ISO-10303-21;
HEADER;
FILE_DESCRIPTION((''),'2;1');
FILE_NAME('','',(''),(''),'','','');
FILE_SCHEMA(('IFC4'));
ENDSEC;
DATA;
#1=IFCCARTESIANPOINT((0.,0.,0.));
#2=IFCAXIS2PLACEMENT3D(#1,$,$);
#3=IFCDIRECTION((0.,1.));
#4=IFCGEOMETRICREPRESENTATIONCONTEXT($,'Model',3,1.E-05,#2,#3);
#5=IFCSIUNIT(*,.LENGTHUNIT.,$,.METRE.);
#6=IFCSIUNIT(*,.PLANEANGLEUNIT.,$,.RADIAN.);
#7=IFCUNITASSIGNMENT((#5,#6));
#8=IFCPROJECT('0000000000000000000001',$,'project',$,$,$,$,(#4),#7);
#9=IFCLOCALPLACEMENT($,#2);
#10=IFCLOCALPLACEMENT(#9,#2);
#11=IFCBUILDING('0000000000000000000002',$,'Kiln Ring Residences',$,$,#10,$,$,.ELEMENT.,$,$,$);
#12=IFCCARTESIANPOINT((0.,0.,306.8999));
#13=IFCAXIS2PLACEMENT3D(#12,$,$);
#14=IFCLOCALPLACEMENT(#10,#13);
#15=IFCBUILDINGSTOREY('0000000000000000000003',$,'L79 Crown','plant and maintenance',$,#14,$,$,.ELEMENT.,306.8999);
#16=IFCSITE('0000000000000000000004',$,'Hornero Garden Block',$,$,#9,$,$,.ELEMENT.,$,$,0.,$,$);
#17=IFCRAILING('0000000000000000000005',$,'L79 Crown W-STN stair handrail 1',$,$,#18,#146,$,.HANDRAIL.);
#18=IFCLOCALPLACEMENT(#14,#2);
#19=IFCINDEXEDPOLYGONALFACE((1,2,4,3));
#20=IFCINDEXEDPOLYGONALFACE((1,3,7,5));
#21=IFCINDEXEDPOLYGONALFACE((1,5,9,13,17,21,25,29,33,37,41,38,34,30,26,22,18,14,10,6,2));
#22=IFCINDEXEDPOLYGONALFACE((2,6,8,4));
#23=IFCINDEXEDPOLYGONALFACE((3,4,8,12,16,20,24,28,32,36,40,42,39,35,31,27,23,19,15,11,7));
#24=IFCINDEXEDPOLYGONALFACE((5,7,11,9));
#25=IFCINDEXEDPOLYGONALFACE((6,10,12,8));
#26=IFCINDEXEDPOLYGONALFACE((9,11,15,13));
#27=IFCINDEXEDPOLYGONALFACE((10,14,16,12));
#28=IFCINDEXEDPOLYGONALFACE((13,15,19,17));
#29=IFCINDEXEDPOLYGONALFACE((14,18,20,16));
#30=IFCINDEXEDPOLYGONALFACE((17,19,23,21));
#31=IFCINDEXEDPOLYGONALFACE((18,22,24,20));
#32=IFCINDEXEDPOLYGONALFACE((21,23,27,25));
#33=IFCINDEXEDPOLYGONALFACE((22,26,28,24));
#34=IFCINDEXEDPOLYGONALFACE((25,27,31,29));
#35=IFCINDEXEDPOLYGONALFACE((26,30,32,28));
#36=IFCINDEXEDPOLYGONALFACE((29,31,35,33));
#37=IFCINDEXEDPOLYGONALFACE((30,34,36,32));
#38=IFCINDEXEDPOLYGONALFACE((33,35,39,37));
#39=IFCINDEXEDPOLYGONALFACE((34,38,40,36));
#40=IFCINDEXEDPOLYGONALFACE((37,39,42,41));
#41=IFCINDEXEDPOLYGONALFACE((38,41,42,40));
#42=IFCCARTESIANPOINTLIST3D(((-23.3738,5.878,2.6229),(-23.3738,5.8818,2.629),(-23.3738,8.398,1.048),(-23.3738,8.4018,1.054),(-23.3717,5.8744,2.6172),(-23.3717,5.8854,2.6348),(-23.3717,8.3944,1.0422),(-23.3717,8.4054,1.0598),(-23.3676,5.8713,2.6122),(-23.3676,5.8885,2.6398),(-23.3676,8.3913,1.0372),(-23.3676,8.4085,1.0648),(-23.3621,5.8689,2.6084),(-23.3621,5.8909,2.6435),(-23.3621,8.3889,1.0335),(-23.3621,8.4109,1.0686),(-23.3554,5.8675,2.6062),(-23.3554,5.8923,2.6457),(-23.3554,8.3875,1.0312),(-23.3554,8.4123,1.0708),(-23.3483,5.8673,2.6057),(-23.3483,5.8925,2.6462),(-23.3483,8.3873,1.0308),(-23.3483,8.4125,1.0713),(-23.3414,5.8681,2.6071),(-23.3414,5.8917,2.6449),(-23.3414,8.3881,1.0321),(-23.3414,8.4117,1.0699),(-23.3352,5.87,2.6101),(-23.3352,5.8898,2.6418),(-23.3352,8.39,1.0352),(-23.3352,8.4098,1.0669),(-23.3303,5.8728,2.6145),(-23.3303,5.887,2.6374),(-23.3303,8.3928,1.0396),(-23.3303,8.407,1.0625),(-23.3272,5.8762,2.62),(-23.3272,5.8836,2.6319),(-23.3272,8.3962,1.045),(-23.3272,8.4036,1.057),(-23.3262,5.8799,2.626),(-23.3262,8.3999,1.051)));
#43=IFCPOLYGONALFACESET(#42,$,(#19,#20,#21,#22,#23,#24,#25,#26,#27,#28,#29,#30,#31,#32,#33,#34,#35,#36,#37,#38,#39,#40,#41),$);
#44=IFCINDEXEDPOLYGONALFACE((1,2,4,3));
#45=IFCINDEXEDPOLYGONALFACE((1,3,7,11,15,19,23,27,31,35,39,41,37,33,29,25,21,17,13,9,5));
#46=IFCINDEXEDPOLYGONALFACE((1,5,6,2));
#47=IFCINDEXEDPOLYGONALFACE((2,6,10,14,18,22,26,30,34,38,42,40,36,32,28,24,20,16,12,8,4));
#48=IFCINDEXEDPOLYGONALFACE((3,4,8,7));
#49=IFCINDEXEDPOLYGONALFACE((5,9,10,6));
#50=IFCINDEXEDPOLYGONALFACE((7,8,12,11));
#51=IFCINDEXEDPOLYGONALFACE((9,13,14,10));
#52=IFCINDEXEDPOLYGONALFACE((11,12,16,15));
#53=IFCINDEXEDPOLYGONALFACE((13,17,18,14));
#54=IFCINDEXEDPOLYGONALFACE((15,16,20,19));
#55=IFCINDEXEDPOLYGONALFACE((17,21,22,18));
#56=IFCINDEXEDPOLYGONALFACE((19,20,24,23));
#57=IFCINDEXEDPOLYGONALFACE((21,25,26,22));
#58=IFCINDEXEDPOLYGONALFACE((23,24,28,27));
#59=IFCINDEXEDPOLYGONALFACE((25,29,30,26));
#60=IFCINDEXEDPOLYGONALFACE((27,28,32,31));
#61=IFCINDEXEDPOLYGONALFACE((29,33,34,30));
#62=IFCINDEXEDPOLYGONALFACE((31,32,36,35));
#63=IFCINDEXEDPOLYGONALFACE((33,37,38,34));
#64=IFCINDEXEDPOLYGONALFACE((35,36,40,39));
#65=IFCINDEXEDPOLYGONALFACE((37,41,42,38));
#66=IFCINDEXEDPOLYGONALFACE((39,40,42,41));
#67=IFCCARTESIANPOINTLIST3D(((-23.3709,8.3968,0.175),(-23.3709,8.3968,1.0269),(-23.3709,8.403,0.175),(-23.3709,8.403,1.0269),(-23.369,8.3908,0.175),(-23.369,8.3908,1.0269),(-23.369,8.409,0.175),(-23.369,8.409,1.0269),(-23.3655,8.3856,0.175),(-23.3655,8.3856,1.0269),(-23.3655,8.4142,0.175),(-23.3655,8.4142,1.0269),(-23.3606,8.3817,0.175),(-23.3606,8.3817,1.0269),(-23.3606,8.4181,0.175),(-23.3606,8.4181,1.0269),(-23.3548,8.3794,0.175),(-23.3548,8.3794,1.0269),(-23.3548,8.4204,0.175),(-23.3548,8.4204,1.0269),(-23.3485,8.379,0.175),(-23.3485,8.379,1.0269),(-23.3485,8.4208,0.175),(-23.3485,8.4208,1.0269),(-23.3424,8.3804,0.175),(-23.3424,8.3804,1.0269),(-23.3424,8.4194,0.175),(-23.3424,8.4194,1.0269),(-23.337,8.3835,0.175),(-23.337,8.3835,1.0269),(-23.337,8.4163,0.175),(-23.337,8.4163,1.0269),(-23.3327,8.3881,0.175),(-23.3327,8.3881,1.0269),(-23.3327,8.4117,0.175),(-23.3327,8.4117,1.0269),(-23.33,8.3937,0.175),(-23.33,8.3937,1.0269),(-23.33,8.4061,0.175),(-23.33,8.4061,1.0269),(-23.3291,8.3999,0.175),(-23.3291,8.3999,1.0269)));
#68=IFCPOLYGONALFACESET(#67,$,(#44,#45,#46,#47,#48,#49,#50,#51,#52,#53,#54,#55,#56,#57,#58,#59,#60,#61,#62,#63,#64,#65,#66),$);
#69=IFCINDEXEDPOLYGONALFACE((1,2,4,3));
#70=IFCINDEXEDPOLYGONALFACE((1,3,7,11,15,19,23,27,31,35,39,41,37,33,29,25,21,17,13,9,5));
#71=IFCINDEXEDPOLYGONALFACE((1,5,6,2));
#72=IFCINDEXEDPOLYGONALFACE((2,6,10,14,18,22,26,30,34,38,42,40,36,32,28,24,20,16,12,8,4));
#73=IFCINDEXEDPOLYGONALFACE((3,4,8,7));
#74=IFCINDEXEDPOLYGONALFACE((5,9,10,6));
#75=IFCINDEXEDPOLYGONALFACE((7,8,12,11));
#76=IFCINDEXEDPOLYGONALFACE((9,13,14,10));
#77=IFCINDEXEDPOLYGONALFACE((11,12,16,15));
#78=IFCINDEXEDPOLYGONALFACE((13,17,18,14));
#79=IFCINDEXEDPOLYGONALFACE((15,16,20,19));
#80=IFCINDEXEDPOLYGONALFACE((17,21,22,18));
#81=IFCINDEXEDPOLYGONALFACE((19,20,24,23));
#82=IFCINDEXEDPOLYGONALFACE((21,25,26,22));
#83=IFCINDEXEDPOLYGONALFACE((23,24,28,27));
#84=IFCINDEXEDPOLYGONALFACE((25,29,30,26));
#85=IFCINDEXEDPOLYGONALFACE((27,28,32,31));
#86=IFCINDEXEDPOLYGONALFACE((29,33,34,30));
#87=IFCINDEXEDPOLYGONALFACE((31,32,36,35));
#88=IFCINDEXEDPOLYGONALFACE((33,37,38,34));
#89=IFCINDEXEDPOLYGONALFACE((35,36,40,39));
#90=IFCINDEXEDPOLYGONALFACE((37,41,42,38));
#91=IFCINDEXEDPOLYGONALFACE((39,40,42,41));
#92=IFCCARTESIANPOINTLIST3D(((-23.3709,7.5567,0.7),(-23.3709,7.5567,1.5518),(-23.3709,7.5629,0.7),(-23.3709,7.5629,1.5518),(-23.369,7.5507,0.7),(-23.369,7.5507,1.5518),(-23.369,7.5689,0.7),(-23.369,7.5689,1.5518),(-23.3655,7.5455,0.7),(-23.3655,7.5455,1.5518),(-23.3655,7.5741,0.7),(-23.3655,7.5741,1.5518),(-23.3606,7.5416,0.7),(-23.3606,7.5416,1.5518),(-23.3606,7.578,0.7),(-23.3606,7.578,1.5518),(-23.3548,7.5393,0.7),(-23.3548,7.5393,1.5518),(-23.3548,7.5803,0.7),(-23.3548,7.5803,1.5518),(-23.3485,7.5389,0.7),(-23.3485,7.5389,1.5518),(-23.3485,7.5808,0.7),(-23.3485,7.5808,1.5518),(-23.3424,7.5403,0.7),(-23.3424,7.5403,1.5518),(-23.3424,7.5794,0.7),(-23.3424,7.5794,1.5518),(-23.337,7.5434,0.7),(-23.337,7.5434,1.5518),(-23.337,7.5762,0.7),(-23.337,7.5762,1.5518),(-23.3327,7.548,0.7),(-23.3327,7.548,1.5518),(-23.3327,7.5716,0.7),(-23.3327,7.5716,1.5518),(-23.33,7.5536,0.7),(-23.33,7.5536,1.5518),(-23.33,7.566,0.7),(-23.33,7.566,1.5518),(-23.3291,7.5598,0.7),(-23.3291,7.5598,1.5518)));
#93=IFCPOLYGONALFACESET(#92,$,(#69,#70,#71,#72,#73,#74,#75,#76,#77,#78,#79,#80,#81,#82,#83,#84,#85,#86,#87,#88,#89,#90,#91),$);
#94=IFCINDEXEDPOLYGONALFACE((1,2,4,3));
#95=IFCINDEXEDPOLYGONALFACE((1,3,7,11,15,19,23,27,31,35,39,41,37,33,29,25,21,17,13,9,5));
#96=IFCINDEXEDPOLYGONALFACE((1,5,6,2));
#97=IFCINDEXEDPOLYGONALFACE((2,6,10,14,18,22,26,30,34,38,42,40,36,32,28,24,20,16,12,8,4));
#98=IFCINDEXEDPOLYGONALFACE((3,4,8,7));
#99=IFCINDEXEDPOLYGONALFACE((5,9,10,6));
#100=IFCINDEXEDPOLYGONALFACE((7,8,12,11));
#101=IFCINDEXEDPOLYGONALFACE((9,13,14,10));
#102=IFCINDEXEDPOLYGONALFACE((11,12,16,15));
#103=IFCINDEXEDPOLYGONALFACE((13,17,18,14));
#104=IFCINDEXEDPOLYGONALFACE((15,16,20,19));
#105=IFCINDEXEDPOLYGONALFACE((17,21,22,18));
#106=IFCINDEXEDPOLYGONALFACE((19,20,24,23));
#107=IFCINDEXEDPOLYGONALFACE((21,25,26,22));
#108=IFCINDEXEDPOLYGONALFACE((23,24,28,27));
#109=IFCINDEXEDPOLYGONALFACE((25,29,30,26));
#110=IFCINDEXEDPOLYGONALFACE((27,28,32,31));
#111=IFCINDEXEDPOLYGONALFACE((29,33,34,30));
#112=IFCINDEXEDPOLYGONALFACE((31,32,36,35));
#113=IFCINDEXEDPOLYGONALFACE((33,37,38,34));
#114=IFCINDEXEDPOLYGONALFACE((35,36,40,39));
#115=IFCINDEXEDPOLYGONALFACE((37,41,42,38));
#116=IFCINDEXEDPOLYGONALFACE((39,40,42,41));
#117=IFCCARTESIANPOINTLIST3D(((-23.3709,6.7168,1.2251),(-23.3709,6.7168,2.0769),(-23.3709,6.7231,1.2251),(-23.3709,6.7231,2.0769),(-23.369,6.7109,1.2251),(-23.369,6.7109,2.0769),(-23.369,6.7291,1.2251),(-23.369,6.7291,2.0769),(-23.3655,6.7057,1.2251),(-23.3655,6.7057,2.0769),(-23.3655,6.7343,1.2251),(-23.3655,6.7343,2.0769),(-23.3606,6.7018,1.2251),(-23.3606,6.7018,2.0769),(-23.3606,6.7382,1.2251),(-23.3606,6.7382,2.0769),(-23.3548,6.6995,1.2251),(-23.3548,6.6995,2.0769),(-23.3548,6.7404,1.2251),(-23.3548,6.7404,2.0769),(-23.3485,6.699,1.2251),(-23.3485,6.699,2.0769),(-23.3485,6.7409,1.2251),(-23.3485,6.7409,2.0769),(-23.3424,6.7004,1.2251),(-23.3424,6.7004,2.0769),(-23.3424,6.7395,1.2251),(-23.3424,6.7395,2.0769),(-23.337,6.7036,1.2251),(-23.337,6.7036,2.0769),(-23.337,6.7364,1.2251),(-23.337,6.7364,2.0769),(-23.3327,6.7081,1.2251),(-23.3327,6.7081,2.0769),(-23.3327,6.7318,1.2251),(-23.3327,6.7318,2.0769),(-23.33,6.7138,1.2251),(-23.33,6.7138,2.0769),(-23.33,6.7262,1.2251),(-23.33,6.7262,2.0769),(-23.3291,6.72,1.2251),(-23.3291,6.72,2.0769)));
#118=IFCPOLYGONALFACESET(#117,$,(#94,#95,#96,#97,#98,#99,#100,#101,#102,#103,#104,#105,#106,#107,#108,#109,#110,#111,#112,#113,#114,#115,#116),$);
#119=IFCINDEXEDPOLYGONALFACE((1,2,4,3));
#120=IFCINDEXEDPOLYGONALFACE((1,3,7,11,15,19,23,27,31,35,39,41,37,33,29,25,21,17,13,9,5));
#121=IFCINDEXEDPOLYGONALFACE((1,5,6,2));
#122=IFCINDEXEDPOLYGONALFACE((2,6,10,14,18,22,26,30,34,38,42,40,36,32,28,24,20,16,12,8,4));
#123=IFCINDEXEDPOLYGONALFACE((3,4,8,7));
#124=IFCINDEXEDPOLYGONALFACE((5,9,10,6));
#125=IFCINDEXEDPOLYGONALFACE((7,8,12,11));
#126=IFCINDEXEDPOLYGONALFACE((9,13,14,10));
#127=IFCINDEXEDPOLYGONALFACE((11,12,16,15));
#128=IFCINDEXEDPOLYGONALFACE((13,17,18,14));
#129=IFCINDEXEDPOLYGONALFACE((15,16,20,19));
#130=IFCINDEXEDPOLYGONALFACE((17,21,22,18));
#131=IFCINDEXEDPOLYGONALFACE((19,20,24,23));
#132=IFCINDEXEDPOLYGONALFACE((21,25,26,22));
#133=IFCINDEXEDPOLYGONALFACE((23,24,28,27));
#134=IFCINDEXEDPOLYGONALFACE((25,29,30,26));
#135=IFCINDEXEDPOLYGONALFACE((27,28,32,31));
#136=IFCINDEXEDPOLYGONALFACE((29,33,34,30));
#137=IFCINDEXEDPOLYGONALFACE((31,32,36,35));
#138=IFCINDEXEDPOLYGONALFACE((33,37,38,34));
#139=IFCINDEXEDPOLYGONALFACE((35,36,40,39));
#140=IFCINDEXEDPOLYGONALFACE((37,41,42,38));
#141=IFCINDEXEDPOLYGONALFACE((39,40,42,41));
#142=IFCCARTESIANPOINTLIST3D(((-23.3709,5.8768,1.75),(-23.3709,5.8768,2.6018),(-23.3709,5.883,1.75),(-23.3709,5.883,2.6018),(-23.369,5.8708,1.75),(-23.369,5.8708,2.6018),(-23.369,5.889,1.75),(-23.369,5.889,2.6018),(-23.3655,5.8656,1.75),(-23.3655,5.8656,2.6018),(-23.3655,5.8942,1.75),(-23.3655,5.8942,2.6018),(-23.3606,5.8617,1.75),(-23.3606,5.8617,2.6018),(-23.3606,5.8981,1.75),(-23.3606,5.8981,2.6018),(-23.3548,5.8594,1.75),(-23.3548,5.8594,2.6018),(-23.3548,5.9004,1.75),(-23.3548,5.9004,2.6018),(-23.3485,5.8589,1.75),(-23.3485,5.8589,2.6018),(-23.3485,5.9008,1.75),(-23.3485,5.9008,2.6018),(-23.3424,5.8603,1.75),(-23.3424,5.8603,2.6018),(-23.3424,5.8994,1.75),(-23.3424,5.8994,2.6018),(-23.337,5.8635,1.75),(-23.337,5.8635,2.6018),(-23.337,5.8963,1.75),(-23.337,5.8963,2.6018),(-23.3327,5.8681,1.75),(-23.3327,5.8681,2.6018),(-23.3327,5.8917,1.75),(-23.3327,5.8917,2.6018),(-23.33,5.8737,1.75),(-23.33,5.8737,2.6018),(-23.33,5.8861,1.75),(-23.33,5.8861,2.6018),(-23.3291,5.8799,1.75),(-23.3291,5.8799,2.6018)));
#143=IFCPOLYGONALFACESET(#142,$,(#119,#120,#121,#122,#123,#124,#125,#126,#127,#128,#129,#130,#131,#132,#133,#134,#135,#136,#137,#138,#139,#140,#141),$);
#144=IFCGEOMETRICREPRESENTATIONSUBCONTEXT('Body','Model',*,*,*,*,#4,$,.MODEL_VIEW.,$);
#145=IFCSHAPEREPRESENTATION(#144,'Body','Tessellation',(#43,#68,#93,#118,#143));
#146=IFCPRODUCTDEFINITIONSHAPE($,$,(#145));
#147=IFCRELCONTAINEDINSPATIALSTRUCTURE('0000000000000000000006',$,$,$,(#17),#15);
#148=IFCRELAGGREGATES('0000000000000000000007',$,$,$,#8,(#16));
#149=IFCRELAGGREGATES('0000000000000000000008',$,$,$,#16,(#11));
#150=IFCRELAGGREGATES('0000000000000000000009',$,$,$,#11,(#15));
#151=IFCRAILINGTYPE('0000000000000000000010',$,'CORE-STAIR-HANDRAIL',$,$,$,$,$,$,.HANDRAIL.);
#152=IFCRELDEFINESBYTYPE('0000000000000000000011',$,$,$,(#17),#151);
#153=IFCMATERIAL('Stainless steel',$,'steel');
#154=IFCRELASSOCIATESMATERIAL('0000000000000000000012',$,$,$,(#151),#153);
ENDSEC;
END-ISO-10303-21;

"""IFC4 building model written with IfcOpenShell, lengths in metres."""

from ifc_helpers import new_model, si_unit, direction, frame, origin, origin_2d, place, context, subcontext, project, spatial, circle, extrude, material, type_object, element, save


model = new_model("IFC4")

# Units and contexts
model_context = context("Model", 3, precision=1e-05, world=origin(), true_north=direction((0.0, 1.0)))
body_context = subcontext(model_context, "Body", "Model", "MODEL_VIEW")
ifc_project = project(units=[si_unit("LENGTHUNIT", "METRE"), si_unit("PLANEANGLEUNIT", "RADIAN")], contexts=[model_context])

# Site, building, storey
site_placement = place(None, origin())
site = spatial("IfcSite", under=ifc_project, at=site_placement, Name="Hornero Garden Block", CompositionType="ELEMENT", RefElevation=0.0)
building_placement = place(site_placement, origin())
building = spatial("IfcBuilding", under=site, at=building_placement, Name="Kiln Ring Residences", CompositionType="ELEMENT")
storey_placement = place(building_placement, frame((0.0, 0.0, 306.8999)))
storey = spatial("IfcBuildingStorey", under=building, at=storey_placement, Name="L79 Crown", Description="plant and maintenance", CompositionType="ELEMENT", Elevation=306.8999)

# Railing
ifc_material_1 = material(Name="Stainless steel", Category="steel")
railing_type_1 = type_object("IfcRailingType", Name="CORE-STAIR-HANDRAIL", PredefinedType="HANDRAIL", material=ifc_material_1)
railing_1_placement = place(storey_placement, frame((-23.3501, 8.3999, 0.175)))
element("IfcRailing", 1, at=railing_1_placement, inside=storey, type_object=railing_type_1, Name="L79 Crown W-STN stair handrail 1", PredefinedType="HANDRAIL", context=body_context, shape_type="SweptSolid", body=[
    extrude(circle(Radius=0.0239, at=origin_2d()), frame((0.0, 0.0, 0.876), z_axis=(0.0, -0.848008, 0.529984), x_axis=(1.0, 0.0, 0.0)), (0.0, 0.0, 1.0), 2.9717),
    extrude(circle(Radius=0.021, at=origin_2d()), origin(), (0.0, 0.0, 1.0), 0.8518),
    extrude(circle(Radius=0.021, at=origin_2d()), frame((0.0, -0.8401, 0.5249)), (0.0, 0.0, 1.0), 0.8518),
    extrude(circle(Radius=0.021, at=origin_2d()), frame((0.0, -1.6799, 1.05)), (0.0, 0.0, 1.0), 0.8518),
    extrude(circle(Radius=0.021, at=origin_2d()), frame((0.0, -2.52, 1.575)), (0.0, 0.0, 1.0), 0.8518),
])

save(model, "model.ifc")
